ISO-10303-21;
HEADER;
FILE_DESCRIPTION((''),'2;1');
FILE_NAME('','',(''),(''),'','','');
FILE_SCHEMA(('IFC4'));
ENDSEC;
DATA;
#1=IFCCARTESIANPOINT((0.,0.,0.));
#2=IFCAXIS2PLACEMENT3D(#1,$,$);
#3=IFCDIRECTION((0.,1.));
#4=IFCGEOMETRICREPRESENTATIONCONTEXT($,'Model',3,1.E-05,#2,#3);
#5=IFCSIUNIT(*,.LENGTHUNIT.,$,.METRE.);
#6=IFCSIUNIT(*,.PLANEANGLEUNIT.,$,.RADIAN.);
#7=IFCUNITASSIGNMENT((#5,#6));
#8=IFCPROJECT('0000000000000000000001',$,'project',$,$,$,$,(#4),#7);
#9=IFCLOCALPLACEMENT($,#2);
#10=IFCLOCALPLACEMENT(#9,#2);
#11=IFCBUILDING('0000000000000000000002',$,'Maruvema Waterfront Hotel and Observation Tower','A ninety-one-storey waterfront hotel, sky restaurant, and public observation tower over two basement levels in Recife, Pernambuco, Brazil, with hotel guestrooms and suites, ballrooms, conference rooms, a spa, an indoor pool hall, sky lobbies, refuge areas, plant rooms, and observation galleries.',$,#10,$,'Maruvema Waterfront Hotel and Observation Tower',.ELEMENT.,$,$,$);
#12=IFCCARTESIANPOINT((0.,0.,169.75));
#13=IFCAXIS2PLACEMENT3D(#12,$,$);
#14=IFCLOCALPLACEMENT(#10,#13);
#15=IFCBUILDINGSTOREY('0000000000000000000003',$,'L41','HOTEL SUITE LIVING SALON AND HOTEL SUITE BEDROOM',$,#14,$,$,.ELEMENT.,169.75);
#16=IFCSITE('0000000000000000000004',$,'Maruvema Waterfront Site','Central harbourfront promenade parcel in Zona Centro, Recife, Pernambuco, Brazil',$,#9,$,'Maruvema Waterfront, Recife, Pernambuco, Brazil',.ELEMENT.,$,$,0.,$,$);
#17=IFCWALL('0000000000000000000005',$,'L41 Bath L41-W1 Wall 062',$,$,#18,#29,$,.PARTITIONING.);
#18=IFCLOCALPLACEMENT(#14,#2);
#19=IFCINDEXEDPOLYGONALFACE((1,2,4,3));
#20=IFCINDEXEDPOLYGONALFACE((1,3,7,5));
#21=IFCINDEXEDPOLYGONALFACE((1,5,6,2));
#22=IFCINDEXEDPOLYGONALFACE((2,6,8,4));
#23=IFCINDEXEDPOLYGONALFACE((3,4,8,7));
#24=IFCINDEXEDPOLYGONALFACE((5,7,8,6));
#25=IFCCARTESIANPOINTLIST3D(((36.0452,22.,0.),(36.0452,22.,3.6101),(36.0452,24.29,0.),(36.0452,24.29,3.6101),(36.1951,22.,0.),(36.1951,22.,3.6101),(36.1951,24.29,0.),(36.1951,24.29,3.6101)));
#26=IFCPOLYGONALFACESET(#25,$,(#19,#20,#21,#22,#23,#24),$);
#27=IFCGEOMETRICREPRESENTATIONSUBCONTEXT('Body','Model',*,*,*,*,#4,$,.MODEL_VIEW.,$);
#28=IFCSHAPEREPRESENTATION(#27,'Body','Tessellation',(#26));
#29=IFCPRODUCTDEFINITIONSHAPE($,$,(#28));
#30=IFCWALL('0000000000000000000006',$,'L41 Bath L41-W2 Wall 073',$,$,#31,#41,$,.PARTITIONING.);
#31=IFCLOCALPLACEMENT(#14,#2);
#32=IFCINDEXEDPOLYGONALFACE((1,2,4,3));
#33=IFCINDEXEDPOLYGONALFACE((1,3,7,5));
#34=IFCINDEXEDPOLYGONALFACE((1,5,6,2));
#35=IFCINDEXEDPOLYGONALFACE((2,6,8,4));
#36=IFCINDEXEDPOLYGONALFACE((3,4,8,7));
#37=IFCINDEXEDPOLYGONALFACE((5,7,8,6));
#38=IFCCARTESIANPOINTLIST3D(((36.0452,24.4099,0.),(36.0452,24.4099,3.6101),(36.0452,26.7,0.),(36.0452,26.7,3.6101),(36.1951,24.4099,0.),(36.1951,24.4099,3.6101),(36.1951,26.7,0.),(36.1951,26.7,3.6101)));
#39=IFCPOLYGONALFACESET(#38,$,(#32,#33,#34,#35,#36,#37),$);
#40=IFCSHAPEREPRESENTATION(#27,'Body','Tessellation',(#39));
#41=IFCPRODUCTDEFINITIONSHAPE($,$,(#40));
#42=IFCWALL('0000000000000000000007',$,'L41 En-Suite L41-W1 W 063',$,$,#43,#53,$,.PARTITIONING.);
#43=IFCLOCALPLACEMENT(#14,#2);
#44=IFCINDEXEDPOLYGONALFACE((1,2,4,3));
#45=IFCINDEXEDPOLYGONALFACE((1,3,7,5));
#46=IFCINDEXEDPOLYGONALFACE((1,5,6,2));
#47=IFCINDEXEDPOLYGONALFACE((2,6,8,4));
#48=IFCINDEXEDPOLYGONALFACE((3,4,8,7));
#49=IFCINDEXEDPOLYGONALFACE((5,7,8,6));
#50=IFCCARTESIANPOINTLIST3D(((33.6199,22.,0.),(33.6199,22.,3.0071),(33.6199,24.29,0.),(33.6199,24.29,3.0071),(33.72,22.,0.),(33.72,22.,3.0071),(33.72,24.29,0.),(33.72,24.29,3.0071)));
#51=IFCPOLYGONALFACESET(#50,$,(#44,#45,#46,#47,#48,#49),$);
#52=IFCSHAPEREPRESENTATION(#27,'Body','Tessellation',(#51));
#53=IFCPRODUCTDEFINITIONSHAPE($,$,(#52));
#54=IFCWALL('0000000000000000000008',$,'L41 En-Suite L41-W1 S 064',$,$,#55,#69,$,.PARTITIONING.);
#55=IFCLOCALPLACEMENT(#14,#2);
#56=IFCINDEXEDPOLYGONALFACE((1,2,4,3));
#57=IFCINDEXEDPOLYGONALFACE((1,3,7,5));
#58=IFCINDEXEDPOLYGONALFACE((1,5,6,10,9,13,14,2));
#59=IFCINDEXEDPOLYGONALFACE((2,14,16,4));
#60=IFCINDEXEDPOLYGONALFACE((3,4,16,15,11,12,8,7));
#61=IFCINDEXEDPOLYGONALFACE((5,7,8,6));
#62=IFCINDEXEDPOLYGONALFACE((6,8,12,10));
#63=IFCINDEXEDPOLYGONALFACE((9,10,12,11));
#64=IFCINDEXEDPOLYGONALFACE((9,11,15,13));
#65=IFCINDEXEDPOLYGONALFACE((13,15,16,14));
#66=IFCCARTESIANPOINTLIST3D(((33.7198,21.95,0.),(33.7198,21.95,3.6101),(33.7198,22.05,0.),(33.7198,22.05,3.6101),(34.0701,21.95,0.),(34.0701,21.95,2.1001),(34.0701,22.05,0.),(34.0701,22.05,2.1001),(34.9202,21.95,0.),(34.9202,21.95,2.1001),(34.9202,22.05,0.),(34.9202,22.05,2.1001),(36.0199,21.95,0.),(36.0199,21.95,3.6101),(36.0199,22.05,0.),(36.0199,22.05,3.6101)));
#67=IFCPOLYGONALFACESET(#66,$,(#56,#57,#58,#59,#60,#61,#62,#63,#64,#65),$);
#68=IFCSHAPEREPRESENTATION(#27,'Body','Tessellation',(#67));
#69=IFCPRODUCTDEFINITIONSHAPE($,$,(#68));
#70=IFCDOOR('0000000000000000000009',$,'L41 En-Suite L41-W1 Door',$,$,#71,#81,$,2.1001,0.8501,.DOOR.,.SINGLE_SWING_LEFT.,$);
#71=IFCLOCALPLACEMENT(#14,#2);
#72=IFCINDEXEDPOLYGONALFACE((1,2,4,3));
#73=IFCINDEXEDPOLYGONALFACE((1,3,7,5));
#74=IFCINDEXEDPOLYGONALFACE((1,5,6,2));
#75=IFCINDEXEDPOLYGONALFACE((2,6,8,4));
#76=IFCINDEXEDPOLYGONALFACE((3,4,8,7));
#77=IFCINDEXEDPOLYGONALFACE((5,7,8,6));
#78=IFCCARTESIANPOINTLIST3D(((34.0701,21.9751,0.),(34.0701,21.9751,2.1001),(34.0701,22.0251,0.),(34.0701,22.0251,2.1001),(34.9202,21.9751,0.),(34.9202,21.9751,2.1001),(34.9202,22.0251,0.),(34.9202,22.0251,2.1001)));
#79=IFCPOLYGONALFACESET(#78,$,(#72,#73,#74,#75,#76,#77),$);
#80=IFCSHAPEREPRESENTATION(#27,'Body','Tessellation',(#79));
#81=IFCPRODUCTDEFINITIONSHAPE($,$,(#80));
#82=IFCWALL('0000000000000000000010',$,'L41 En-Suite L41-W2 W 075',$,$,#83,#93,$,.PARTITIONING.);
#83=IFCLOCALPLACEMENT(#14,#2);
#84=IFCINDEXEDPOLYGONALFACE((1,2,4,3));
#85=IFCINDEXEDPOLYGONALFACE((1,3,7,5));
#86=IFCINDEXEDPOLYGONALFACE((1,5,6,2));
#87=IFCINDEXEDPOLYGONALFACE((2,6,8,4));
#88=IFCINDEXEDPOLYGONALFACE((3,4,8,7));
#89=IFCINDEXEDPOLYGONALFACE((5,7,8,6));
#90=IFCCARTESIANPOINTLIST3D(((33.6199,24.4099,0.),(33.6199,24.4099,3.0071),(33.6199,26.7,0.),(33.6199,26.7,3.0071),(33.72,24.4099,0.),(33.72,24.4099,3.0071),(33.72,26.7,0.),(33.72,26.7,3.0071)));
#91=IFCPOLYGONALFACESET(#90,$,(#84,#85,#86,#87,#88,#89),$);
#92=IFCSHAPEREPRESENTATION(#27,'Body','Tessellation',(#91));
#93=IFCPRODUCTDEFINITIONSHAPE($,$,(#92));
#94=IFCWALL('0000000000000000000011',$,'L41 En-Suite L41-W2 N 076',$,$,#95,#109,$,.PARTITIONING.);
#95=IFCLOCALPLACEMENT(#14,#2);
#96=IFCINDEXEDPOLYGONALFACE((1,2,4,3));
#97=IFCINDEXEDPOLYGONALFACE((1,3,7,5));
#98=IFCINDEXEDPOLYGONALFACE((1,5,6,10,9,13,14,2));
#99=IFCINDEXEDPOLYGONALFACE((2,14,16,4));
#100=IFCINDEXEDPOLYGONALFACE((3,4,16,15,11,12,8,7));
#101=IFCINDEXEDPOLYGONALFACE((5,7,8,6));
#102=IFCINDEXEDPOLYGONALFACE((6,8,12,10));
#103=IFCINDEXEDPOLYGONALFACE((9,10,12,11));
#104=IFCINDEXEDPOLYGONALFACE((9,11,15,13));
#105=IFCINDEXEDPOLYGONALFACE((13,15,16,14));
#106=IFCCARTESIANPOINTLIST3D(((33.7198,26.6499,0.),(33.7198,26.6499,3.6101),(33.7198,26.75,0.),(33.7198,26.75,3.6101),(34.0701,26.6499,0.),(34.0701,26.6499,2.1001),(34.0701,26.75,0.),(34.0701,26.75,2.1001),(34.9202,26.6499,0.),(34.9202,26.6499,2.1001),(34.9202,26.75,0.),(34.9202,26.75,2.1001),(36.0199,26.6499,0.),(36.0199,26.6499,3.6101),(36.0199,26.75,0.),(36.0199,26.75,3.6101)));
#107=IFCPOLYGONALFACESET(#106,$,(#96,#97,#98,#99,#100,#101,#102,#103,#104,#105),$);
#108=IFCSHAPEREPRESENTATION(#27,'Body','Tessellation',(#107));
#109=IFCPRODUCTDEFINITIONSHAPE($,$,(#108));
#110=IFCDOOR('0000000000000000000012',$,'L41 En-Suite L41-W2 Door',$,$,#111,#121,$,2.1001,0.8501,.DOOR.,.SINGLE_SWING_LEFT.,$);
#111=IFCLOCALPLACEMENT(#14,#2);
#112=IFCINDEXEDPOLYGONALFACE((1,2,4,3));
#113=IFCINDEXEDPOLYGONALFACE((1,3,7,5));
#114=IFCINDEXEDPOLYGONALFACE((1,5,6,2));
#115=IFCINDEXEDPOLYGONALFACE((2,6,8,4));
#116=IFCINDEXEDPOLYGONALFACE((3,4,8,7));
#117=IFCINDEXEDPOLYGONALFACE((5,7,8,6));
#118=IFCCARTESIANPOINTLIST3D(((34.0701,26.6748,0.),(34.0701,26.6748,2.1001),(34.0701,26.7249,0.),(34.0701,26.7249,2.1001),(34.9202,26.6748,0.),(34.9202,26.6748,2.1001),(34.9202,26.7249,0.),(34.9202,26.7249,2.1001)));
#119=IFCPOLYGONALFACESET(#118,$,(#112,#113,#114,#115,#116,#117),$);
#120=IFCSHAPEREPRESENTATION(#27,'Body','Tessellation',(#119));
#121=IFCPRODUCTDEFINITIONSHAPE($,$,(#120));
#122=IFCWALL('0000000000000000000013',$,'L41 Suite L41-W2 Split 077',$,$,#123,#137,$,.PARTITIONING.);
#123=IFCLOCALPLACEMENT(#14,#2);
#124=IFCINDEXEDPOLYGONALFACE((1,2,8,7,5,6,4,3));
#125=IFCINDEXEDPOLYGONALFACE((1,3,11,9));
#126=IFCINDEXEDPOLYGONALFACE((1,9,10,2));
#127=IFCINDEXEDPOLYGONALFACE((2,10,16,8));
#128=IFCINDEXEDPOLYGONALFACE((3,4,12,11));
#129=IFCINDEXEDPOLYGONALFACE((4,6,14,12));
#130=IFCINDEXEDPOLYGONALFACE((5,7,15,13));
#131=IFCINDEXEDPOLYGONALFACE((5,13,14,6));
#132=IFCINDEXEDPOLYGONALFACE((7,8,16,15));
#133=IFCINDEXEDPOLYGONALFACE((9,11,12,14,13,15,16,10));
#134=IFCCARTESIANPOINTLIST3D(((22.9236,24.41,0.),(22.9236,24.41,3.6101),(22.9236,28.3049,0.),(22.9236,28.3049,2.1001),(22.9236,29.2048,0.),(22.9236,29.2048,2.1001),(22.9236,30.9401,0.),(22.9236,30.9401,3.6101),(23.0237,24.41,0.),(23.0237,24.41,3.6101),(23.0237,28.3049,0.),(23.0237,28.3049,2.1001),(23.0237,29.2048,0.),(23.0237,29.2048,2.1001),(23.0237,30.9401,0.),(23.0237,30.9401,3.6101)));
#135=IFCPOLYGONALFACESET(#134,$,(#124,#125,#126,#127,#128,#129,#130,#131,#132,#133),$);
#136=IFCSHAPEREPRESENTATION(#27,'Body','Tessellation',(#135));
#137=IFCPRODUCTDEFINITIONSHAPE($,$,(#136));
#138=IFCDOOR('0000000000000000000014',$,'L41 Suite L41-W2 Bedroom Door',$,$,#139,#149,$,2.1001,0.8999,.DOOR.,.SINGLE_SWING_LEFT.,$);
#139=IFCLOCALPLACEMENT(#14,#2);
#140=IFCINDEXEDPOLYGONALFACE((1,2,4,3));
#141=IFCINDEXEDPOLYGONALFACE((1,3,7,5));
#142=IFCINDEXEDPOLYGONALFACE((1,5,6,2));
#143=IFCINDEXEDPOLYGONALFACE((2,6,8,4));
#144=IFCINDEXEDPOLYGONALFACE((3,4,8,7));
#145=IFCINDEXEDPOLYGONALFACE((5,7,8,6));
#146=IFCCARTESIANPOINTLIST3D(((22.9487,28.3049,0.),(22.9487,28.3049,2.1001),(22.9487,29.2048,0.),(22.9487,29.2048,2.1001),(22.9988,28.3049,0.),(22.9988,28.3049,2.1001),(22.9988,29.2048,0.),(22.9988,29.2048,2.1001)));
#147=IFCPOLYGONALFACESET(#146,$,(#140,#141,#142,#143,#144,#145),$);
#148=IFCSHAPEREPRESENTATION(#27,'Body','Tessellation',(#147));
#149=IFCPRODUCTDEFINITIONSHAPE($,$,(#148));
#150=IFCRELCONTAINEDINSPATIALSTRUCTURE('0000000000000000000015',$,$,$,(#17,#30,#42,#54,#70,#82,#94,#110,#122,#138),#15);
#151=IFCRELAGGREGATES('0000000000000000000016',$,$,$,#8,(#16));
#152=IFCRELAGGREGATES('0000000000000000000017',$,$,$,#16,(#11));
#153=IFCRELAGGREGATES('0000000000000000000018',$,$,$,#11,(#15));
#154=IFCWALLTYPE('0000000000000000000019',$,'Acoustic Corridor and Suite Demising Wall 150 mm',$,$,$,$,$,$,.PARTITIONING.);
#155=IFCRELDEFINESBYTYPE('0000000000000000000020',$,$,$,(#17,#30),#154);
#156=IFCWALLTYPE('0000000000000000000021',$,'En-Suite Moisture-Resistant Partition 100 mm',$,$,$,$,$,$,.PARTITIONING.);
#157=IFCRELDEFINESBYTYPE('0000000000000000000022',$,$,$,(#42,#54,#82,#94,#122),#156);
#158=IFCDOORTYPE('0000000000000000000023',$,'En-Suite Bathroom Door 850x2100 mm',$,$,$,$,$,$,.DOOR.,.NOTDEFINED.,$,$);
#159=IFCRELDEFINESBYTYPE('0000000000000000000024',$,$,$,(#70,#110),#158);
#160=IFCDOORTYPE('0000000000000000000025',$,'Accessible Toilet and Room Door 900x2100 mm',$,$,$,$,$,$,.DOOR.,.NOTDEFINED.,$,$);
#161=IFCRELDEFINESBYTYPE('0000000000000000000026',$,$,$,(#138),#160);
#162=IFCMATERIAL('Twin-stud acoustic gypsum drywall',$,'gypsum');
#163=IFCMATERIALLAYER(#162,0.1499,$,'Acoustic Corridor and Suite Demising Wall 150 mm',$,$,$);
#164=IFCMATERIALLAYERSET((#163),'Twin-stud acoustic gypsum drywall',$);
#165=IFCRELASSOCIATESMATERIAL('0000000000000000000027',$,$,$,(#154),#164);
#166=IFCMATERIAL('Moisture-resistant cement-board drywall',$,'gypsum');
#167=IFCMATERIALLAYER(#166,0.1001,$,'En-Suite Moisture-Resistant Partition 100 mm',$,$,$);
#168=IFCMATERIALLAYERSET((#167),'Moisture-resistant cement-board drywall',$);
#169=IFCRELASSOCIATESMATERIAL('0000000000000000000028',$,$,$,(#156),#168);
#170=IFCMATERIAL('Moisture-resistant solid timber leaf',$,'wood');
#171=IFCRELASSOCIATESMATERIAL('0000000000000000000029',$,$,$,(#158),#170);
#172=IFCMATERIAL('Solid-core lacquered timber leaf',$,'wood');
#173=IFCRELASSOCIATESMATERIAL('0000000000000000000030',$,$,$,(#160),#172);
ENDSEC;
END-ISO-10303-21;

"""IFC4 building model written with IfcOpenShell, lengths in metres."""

from ifc_helpers import new_model, si_unit, direction, frame, frame_2d, origin, place, context, subcontext, project, spatial, rectangle, extrude, material, layer, layer_set, type_object, element, fill, save


model = new_model("IFC4")

# Units and contexts
model_context = context("Model", 3, precision=1e-05, world=origin(), true_north=direction((0.0, 1.0)))
body_context = subcontext(model_context, "Body", "Model", "MODEL_VIEW")
ifc_project = project(units=[si_unit("LENGTHUNIT", "METRE"), si_unit("PLANEANGLEUNIT", "RADIAN")], contexts=[model_context])

# Site, building, storey
site_placement = place(None, origin())
site = spatial("IfcSite", under=ifc_project, at=site_placement, Name="Maruvema Waterfront Site", Description="Central harbourfront promenade parcel in Zona Centro, Recife, Pernambuco, Brazil", LongName="Maruvema Waterfront, Recife, Pernambuco, Brazil", CompositionType="ELEMENT", RefElevation=0.0)
building_placement = place(site_placement, origin())
building = spatial("IfcBuilding", under=site, at=building_placement, Name="Maruvema Waterfront Hotel and Observation Tower", Description="A ninety-one-storey waterfront hotel, sky restaurant, and public observation tower over two basement levels in Recife, Pernambuco, Brazil, with hotel guestrooms and suites, ballrooms, conference rooms, a spa, an indoor pool hall, sky lobbies, refuge areas, plant rooms, and observation galleries.", LongName="Maruvema Waterfront Hotel and Observation Tower", CompositionType="ELEMENT")
storey_placement = place(building_placement, frame((0.0, 0.0, 169.75)))
storey = spatial("IfcBuildingStorey", under=building, at=storey_placement, Name="L41", Description="HOTEL SUITE LIVING SALON AND HOTEL SUITE BEDROOM", CompositionType="ELEMENT", Elevation=169.75)

# Walls
ifc_material_1 = material(Name="Twin-stud acoustic gypsum drywall", Category="gypsum")
ifc_layer_1 = layer(ifc_material_1, 0.1499, Name="Acoustic Corridor and Suite Demising Wall 150 mm")
ifc_layer_set_1 = layer_set([ifc_layer_1], Name="Twin-stud acoustic gypsum drywall")
wall_type_1 = type_object("IfcWallType", Name="Acoustic Corridor and Suite Demising Wall 150 mm", PredefinedType="PARTITIONING", material=ifc_layer_set_1)
for number, where, z_axis, x_axis, name in (
    (1, (36.1201, 22.0, 0.0), (0.0, 0.0, 1.0), (0.0, 1.0, 0.0), "L41 Bath L41-W1 Wall 062"),
    (2, (36.1201, 24.4099, 0.0), (0.0, 0.0, 1.0), (0.0, 1.0, 0.0), "L41 Bath L41-W2 Wall 073"),
):
    element("IfcWall", number, at=place(storey_placement, frame(where, z_axis=z_axis, x_axis=x_axis)), inside=storey, type_object=wall_type_1, Name=name, PredefinedType="PARTITIONING", context=body_context, shape_type="SweptSolid", body=[
        extrude(rectangle(XDim=2.29, YDim=0.1499, at=frame_2d((1.145, 0.0))), origin(), (0.0, 0.0, 1.0), 3.6101),
    ])
ifc_material_2 = material(Name="Moisture-resistant cement-board drywall", Category="gypsum")
ifc_layer_2 = layer(ifc_material_2, 0.1001, Name="En-Suite Moisture-Resistant Partition 100 mm")
ifc_layer_set_2 = layer_set([ifc_layer_2], Name="Moisture-resistant cement-board drywall")
wall_type_2 = type_object("IfcWallType", Name="En-Suite Moisture-Resistant Partition 100 mm", PredefinedType="PARTITIONING", material=ifc_layer_set_2)
wall_1_placement = place(storey_placement, frame((33.6699, 22.0, 0.0), z_axis=(0.0, 0.0, 1.0), x_axis=(0.0, 1.0, 0.0)))
element("IfcWall", 3, at=wall_1_placement, inside=storey, type_object=wall_type_2, Name="L41 En-Suite L41-W1 W 063", PredefinedType="PARTITIONING", context=body_context, shape_type="SweptSolid", body=[
    extrude(rectangle(XDim=2.29, YDim=0.1001, at=frame_2d((1.145, 0.0))), origin(), (0.0, 0.0, 1.0), 3.0071),
])

# Wall, opening, door
wall_2_placement = place(storey_placement, frame((33.72, 22.0, 0.0), z_axis=(0.0, 0.0, 1.0), x_axis=(1.0, 0.0, 0.0)))
wall_2 = element("IfcWall", 4, at=wall_2_placement, inside=storey, type_object=wall_type_2, Name="L41 En-Suite L41-W1 S 064", PredefinedType="PARTITIONING", context=body_context, shape_type="SweptSolid", body=[
    extrude(rectangle(XDim=2.3, YDim=0.1001, at=frame_2d((1.1499, 0.0))), origin(), (0.0, 0.0, 1.0), 3.6101),
])
opening_1_placement = place(wall_2_placement, frame((0.3501, 0.0, 0.0)))
opening_1 = element("IfcOpeningElement", 5, at=opening_1_placement, cuts=wall_2, PredefinedType="OPENING", context=body_context, shape_type="SweptSolid", body=[
    extrude(rectangle(XDim=0.8501, YDim=2.1001, at=frame_2d((0.425, 1.05))), frame((0.0, 0.0601, 0.0), z_axis=(0.0, -1.0, 0.0), x_axis=(1.0, 0.0, 0.0)), (0.0, 0.0, 1.0), 0.1201),
])
ifc_material_3 = material(Name="Moisture-resistant solid timber leaf", Category="wood")
door_type_1 = type_object("IfcDoorType", Name="En-Suite Bathroom Door 850x2100 mm", OperationType="NOTDEFINED", PredefinedType="DOOR", material=ifc_material_3)
door_1_placement = place(opening_1_placement, frame((0.8501, 0.0, 0.0), z_axis=(0.0, 0.0, 1.0), x_axis=(-1.0, 0.0, 0.0)))
door_1 = element("IfcDoor", 6, at=door_1_placement, inside=storey, type_object=door_type_1, Name="L41 En-Suite L41-W1 Door", OperationType="SINGLE_SWING_LEFT", OverallHeight=2.1001, OverallWidth=0.8501, PredefinedType="DOOR", context=body_context, shape_type="SweptSolid", body=[
    extrude(rectangle(XDim=0.8501, YDim=2.1001, at=frame_2d((0.425, 1.05))), frame((0.0, 0.0249, 0.0), z_axis=(0.0, -1.0, 0.0), x_axis=(1.0, 0.0, 0.0)), (0.0, 0.0, 1.0), 0.05),
])
fill(opening_1, door_1)

# Wall
wall_3_placement = place(storey_placement, frame((33.6699, 24.4099, 0.0), z_axis=(0.0, 0.0, 1.0), x_axis=(0.0, 1.0, 0.0)))
element("IfcWall", 7, at=wall_3_placement, inside=storey, type_object=wall_type_2, Name="L41 En-Suite L41-W2 W 075", PredefinedType="PARTITIONING", context=body_context, shape_type="SweptSolid", body=[
    extrude(rectangle(XDim=2.29, YDim=0.1001, at=frame_2d((1.145, 0.0))), origin(), (0.0, 0.0, 1.0), 3.0071),
])

# Walls, openings, doors
wall_4_placement = place(storey_placement, frame((33.72, 26.7, 0.0), z_axis=(0.0, 0.0, 1.0), x_axis=(1.0, 0.0, 0.0)))
wall_4 = element("IfcWall", 8, at=wall_4_placement, inside=storey, type_object=wall_type_2, Name="L41 En-Suite L41-W2 N 076", PredefinedType="PARTITIONING", context=body_context, shape_type="SweptSolid", body=[
    extrude(rectangle(XDim=2.3, YDim=0.1001, at=frame_2d((1.1499, 0.0))), origin(), (0.0, 0.0, 1.0), 3.6101),
])
opening_2_placement = place(wall_4_placement, frame((0.3501, 0.0, 0.0)))
opening_2 = element("IfcOpeningElement", 9, at=opening_2_placement, cuts=wall_4, PredefinedType="OPENING", context=body_context, shape_type="SweptSolid", body=[
    extrude(rectangle(XDim=0.8501, YDim=2.1001, at=frame_2d((0.425, 1.05))), frame((0.0, 0.0601, 0.0), z_axis=(0.0, -1.0, 0.0), x_axis=(1.0, 0.0, 0.0)), (0.0, 0.0, 1.0), 0.1201),
])
door_2_placement = place(opening_2_placement, origin())
door_2 = element("IfcDoor", 10, at=door_2_placement, inside=storey, type_object=door_type_1, Name="L41 En-Suite L41-W2 Door", OperationType="SINGLE_SWING_LEFT", OverallHeight=2.1001, OverallWidth=0.8501, PredefinedType="DOOR", context=body_context, shape_type="SweptSolid", body=[
    extrude(rectangle(XDim=0.8501, YDim=2.1001, at=frame_2d((0.425, 1.05))), frame((0.0, 0.0249, 0.0), z_axis=(0.0, -1.0, 0.0), x_axis=(1.0, 0.0, 0.0)), (0.0, 0.0, 1.0), 0.05),
])
fill(opening_2, door_2)
wall_5_placement = place(storey_placement, frame((22.9736, 24.4099, 0.0), z_axis=(0.0, 0.0, 1.0), x_axis=(0.0, 1.0, 0.0)))
wall_5 = element("IfcWall", 11, at=wall_5_placement, inside=storey, type_object=wall_type_2, Name="L41 Suite L41-W2 Split 077", PredefinedType="PARTITIONING", context=body_context, shape_type="SweptSolid", body=[
    extrude(rectangle(XDim=6.53, YDim=0.1001, at=frame_2d((3.2651, 0.0))), origin(), (0.0, 0.0, 1.0), 3.6101),
])
opening_3_placement = place(wall_5_placement, frame((3.895, 0.0, 0.0)))
opening_3 = element("IfcOpeningElement", 12, at=opening_3_placement, cuts=wall_5, PredefinedType="OPENING", context=body_context, shape_type="SweptSolid", body=[
    extrude(rectangle(XDim=0.8999, YDim=2.1001, at=frame_2d((0.45, 1.05))), frame((0.0, 0.0601, 0.0), z_axis=(0.0, -1.0, 0.0), x_axis=(1.0, 0.0, 0.0)), (0.0, 0.0, 1.0), 0.1201),
])
ifc_material_4 = material(Name="Solid-core lacquered timber leaf", Category="wood")
door_type_2 = type_object("IfcDoorType", Name="Accessible Toilet and Room Door 900x2100 mm", OperationType="NOTDEFINED", PredefinedType="DOOR", material=ifc_material_4)
door_3_placement = place(opening_3_placement, origin())
door_3 = element("IfcDoor", 13, at=door_3_placement, inside=storey, type_object=door_type_2, Name="L41 Suite L41-W2 Bedroom Door", OperationType="SINGLE_SWING_LEFT", OverallHeight=2.1001, OverallWidth=0.8999, PredefinedType="DOOR", context=body_context, shape_type="SweptSolid", body=[
    extrude(rectangle(XDim=0.8999, YDim=2.1001, at=frame_2d((0.45, 1.05))), frame((0.0, 0.0249, 0.0), z_axis=(0.0, -1.0, 0.0), x_axis=(1.0, 0.0, 0.0)), (0.0, 0.0, 1.0), 0.05),
])
fill(opening_3, door_3)

save(model, "model.ifc")
